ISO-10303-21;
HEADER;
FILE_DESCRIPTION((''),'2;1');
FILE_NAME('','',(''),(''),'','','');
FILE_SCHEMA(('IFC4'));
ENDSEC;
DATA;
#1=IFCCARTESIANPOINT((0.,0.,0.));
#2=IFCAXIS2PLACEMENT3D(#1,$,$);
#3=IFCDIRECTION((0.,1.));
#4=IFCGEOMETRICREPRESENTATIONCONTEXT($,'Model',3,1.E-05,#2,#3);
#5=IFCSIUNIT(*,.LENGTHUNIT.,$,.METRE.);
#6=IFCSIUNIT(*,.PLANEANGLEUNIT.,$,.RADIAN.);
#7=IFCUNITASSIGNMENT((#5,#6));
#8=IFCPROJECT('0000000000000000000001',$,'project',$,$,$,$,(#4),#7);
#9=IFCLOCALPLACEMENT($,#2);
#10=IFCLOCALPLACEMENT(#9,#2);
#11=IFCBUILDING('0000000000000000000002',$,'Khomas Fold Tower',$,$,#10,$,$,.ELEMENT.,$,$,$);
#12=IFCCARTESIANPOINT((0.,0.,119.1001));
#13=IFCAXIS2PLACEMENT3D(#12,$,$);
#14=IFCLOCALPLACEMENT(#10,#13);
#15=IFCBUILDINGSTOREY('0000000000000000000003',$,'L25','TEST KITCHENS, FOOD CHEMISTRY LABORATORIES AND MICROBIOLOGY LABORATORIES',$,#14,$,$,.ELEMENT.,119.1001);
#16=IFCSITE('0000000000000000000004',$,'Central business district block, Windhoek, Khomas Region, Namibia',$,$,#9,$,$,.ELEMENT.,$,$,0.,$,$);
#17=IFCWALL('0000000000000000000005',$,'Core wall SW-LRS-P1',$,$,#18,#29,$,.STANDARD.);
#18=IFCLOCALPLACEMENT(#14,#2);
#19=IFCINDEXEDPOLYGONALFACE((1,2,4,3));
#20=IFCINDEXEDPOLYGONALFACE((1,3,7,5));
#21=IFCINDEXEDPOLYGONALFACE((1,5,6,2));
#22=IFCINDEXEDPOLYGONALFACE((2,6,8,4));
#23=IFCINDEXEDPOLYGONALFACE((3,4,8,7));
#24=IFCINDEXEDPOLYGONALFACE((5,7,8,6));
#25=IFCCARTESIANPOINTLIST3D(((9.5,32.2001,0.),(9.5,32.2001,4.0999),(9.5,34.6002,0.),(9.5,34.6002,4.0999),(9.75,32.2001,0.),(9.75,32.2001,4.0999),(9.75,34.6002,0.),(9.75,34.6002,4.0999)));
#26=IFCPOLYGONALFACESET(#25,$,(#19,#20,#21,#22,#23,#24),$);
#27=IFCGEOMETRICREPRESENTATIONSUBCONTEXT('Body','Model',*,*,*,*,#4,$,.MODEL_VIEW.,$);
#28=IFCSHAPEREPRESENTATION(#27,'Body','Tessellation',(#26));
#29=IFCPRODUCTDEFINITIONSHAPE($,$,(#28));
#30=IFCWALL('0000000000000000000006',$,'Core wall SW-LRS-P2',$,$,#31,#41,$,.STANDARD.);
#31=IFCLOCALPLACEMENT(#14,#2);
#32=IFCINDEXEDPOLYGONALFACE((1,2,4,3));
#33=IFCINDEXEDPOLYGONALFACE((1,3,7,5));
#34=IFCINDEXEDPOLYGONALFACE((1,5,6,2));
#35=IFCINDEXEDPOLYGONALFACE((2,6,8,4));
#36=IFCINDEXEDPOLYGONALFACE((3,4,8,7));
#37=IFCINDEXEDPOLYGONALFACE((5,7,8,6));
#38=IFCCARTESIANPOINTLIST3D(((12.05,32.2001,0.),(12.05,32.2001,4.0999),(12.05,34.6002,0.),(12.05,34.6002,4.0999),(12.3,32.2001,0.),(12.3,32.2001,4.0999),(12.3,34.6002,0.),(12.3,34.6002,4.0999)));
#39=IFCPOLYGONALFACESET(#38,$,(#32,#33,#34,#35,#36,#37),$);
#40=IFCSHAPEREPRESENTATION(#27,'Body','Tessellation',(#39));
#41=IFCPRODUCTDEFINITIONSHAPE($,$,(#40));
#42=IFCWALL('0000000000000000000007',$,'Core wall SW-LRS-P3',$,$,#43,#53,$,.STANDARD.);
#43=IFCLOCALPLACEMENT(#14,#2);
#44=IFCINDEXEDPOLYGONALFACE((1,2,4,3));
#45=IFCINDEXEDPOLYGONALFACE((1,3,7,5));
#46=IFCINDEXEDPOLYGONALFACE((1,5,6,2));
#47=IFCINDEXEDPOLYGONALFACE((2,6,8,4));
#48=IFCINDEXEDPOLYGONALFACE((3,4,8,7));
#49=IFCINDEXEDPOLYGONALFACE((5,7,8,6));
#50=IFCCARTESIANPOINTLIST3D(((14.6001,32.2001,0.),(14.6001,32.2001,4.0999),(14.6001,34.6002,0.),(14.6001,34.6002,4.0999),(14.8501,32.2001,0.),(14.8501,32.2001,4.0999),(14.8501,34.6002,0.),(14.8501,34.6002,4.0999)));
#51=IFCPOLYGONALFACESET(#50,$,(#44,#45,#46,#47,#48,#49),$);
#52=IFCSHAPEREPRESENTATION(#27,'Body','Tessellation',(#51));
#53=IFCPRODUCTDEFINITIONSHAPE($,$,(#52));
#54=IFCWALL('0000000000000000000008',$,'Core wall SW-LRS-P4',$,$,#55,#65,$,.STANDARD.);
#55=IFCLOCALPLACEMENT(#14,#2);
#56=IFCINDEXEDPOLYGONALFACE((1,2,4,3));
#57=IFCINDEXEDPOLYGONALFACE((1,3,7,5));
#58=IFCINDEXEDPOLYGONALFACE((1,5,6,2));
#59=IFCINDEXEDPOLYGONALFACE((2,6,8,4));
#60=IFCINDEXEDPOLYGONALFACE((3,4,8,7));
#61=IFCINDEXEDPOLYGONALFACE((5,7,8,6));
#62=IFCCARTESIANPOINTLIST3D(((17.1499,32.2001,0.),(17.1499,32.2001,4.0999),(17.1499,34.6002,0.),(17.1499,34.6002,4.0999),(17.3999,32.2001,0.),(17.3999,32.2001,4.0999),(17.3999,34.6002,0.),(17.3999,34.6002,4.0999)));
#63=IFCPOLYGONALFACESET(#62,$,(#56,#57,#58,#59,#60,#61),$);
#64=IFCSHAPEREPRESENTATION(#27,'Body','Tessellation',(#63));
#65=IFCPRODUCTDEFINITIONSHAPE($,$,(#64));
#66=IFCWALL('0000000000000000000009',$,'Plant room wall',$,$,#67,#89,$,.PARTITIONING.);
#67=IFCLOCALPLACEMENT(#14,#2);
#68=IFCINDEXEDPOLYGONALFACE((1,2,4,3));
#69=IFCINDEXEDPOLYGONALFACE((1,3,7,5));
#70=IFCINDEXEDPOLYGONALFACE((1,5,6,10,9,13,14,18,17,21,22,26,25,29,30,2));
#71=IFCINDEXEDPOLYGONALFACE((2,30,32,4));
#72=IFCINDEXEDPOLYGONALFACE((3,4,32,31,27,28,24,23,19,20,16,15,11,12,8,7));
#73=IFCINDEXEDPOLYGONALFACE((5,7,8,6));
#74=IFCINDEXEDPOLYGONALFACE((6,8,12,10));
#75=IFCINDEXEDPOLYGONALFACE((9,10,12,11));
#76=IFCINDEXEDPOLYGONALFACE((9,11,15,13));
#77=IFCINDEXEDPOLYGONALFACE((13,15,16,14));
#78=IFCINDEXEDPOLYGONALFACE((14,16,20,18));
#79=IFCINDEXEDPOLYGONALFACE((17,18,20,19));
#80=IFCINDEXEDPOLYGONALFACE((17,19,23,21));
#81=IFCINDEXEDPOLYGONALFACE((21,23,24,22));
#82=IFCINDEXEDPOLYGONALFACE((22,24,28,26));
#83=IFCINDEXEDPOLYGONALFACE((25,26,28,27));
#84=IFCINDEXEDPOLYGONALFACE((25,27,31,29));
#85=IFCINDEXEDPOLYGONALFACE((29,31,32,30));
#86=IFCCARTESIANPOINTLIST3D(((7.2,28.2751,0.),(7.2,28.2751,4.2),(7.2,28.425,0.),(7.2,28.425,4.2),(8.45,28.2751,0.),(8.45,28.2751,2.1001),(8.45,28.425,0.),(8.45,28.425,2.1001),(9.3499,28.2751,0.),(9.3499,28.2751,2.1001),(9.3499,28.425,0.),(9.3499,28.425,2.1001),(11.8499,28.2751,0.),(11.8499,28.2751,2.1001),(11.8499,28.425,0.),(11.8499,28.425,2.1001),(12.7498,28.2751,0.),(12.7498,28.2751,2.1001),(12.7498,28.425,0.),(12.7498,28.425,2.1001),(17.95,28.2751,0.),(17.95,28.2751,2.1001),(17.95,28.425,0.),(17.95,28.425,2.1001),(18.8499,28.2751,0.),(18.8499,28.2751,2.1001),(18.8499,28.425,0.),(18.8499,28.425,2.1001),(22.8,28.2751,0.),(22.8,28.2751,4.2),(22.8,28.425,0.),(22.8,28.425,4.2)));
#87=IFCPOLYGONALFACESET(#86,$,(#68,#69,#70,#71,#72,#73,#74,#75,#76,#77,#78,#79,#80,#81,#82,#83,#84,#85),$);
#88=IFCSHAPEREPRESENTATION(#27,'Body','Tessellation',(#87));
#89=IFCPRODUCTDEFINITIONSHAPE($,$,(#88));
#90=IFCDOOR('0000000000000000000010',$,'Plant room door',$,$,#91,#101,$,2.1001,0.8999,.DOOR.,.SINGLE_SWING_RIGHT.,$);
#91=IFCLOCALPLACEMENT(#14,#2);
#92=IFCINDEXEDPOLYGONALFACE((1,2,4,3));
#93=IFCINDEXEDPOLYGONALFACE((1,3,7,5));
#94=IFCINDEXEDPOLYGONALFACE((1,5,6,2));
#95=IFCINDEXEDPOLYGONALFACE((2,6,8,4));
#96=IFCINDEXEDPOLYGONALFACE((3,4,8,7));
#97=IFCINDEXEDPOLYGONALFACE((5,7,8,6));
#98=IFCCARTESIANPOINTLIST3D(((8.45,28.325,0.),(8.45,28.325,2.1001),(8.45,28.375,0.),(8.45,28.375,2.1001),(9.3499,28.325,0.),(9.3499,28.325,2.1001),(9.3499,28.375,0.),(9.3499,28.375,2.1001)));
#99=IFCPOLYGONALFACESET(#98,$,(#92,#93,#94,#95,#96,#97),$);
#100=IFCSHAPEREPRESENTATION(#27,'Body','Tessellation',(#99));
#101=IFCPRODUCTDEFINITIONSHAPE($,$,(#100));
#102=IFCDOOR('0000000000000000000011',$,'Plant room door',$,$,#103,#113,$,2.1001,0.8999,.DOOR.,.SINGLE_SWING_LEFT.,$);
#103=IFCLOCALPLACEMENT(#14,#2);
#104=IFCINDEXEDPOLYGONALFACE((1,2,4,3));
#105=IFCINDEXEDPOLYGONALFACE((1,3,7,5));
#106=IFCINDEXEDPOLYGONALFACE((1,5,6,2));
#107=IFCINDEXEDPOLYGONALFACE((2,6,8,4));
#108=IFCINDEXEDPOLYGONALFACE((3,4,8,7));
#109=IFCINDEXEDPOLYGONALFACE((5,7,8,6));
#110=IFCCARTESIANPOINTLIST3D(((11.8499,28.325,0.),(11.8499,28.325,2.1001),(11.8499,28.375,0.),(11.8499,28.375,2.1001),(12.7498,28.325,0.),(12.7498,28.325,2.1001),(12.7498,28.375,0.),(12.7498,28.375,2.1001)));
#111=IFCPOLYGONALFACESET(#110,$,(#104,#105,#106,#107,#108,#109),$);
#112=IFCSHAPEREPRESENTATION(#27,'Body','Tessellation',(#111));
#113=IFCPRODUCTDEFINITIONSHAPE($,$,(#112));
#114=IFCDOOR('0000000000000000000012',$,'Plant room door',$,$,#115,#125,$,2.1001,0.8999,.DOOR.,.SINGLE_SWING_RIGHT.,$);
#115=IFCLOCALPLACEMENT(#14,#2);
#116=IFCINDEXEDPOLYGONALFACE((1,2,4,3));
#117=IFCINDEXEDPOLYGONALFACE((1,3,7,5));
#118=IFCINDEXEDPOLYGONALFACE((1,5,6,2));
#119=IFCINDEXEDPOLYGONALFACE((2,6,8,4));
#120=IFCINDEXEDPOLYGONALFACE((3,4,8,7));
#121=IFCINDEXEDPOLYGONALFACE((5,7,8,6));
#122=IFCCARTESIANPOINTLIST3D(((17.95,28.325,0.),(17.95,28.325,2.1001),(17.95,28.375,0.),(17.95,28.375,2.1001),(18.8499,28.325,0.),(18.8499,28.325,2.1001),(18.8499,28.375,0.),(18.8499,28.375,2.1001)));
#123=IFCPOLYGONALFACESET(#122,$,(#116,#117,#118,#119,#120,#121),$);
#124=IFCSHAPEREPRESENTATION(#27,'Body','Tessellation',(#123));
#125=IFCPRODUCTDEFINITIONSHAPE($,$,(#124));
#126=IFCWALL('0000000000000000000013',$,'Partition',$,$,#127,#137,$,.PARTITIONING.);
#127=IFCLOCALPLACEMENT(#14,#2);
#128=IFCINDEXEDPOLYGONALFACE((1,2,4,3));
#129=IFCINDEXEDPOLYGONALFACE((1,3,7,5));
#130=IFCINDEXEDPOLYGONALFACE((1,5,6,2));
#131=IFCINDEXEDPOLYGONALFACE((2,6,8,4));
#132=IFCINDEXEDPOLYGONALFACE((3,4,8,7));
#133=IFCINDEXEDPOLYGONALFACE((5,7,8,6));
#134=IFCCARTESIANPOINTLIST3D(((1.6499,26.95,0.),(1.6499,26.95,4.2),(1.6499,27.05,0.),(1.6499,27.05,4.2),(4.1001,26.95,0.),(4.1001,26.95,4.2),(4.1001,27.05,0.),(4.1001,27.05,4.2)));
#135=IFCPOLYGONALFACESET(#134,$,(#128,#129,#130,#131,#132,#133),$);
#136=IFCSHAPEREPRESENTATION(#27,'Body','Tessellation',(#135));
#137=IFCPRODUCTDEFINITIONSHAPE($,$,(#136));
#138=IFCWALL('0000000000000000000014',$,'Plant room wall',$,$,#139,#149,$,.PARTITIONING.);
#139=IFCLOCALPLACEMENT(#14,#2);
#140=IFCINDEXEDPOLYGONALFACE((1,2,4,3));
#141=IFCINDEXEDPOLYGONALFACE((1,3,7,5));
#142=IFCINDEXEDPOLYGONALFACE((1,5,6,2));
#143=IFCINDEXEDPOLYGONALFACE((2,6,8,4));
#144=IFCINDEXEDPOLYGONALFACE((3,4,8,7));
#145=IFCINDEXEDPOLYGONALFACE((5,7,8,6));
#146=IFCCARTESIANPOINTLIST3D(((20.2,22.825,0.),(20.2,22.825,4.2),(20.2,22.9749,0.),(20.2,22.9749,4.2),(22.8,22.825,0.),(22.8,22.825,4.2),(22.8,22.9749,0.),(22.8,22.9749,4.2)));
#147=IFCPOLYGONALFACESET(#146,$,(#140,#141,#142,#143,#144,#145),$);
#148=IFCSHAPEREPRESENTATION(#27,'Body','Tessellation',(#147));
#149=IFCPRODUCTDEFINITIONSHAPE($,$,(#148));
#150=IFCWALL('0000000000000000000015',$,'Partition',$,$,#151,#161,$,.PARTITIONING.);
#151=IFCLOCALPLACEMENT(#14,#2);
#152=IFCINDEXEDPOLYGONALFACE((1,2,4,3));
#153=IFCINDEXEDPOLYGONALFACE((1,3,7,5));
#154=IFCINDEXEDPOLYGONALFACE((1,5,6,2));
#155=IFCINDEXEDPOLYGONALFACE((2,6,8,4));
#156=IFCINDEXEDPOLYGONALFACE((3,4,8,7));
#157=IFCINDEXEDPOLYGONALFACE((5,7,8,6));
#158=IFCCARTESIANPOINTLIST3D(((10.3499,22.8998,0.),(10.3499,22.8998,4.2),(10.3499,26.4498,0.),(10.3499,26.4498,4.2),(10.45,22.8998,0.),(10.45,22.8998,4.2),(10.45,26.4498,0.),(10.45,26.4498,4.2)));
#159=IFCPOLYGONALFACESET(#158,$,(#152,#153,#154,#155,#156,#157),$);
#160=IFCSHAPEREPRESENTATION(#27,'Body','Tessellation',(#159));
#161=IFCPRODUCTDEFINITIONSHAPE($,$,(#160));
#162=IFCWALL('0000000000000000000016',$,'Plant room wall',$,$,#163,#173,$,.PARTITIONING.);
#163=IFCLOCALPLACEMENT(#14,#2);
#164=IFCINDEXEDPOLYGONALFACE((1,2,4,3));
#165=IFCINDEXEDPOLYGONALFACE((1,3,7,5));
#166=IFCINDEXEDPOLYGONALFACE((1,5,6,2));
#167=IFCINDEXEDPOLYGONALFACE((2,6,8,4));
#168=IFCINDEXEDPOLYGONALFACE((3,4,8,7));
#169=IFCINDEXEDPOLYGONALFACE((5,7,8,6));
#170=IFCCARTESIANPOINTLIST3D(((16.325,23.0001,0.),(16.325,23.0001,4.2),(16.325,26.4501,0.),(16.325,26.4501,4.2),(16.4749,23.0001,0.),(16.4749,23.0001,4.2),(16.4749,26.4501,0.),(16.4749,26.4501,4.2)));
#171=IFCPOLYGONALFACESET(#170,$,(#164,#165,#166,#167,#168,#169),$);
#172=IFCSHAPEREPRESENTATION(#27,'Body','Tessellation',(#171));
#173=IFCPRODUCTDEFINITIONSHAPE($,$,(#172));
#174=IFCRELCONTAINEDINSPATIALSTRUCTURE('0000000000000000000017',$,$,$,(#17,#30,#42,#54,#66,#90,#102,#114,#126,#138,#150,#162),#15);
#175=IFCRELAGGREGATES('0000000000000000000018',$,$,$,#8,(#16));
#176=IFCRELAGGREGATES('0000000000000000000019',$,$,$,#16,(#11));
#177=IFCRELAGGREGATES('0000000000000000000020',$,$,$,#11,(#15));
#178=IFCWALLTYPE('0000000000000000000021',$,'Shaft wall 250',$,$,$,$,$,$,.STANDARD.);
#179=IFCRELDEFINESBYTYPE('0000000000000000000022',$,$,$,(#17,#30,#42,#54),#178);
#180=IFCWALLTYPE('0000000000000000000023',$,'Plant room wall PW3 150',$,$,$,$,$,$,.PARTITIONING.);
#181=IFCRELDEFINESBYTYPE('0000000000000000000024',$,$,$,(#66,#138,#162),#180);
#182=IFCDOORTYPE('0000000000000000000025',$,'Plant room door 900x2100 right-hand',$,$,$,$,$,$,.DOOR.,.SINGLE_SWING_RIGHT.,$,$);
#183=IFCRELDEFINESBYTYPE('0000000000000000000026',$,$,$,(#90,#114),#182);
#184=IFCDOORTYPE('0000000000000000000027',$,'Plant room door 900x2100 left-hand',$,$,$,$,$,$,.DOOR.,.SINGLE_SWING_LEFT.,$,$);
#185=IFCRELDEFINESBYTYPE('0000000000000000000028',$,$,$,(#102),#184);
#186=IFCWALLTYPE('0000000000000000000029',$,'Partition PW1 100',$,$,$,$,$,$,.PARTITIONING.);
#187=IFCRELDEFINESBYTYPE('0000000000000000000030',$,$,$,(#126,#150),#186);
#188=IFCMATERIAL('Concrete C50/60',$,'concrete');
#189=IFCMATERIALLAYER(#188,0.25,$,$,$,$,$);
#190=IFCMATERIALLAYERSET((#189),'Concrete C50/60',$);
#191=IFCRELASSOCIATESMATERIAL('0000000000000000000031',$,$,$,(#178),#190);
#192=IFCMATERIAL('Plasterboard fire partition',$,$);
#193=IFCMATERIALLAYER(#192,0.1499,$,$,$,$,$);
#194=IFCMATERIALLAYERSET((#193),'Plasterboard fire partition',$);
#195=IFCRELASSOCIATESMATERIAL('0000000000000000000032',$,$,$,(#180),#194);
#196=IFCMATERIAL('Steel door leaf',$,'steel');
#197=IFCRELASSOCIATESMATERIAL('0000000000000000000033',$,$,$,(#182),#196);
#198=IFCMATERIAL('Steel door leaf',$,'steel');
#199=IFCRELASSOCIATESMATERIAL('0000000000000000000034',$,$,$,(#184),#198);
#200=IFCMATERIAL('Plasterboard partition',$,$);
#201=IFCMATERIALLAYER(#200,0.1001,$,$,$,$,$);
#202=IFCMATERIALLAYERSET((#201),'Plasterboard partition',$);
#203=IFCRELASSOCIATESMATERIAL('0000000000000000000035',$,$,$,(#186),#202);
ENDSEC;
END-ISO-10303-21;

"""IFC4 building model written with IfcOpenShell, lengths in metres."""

from ifc_helpers import new_model, si_unit, direction, frame, frame_2d, origin, place, context, subcontext, project, spatial, rectangle, extrude, source, transform, mapped, material, layer, layer_set, type_object, element, fill, save


model = new_model("IFC4")

# Units and contexts
model_context = context("Model", 3, precision=1e-05, world=origin(), true_north=direction((0.0, 1.0)))
body_context = subcontext(model_context, "Body", "Model", "MODEL_VIEW")
ifc_project = project(units=[si_unit("LENGTHUNIT", "METRE"), si_unit("PLANEANGLEUNIT", "RADIAN")], contexts=[model_context])

# Site, building, storey
site_placement = place(None, origin())
site = spatial("IfcSite", under=ifc_project, at=site_placement, Name="Central business district block, Windhoek, Khomas Region, Namibia", CompositionType="ELEMENT", RefElevation=0.0)
building_placement = place(site_placement, origin())
building = spatial("IfcBuilding", under=site, at=building_placement, Name="Khomas Fold Tower", CompositionType="ELEMENT")
storey_placement = place(building_placement, frame((0.0, 0.0, 119.1001)))
storey = spatial("IfcBuildingStorey", under=building, at=storey_placement, Name="L25", Description="TEST KITCHENS, FOOD CHEMISTRY LABORATORIES AND MICROBIOLOGY LABORATORIES", CompositionType="ELEMENT", Elevation=119.1001)

# Walls
ifc_material_1 = material(Name="Concrete C50/60", Category="concrete")
ifc_layer_1 = layer(ifc_material_1, 0.25)
ifc_layer_set_1 = layer_set([ifc_layer_1], Name="Concrete C50/60")
wall_type_1 = type_object("IfcWallType", Name="Shaft wall 250", PredefinedType="STANDARD", material=ifc_layer_set_1)
shared_shape_1 = source(origin(), body_context, "Body", "SweptSolid", [
    extrude(rectangle(XDim=2.4001, YDim=0.25, at=frame_2d((1.2002, 0.0))), origin(), (0.0, 0.0, 1.0), 4.0999),
])
for number, where, z_axis, x_axis, name in (
    (1, (9.625, 32.2, 0.0), (0.0, 0.0, 1.0), (0.0, 1.0, 0.0), "Core wall SW-LRS-P1"),
    (2, (12.175, 32.2, 0.0), (0.0, 0.0, 1.0), (0.0, 1.0, 0.0), "Core wall SW-LRS-P2"),
    (3, (14.7251, 32.2, 0.0), (0.0, 0.0, 1.0), (0.0, 1.0, 0.0), "Core wall SW-LRS-P3"),
    (4, (17.2749, 32.2, 0.0), (0.0, 0.0, 1.0), (0.0, 1.0, 0.0), "Core wall SW-LRS-P4"),
):
    element("IfcWall", number, at=place(storey_placement, frame(where, z_axis=z_axis, x_axis=x_axis)), inside=storey, type_object=wall_type_1, Name=name, PredefinedType="STANDARD", context=body_context, shape_type="MappedRepresentation", body=[
        mapped(shared_shape_1, transform((0.0, 0.0, 0.0))),
    ])

# Wall, openings, doors
ifc_material_2 = material(Name="Plasterboard fire partition")
ifc_layer_2 = layer(ifc_material_2, 0.1499)
ifc_layer_set_2 = layer_set([ifc_layer_2], Name="Plasterboard fire partition")
wall_type_2 = type_object("IfcWallType", Name="Plant room wall PW3 150", PredefinedType="PARTITIONING", material=ifc_layer_set_2)
shared_shape_2 = source(origin(), body_context, "Body", "SweptSolid", [
    extrude(rectangle(XDim=15.6001, YDim=0.1499, at=frame_2d((7.8, 0.0))), origin(), (0.0, 0.0, 1.0), 4.2),
])
wall_1_placement = place(storey_placement, frame((7.2, 28.3501, 0.0), z_axis=(0.0, 0.0, 1.0), x_axis=(1.0, 0.0, 0.0)))
wall_1 = element("IfcWall", 5, at=wall_1_placement, inside=storey, type_object=wall_type_2, Name="Plant room wall", PredefinedType="PARTITIONING", context=body_context, shape_type="MappedRepresentation", body=[
    mapped(shared_shape_2, transform((0.0, 0.0, 0.0))),
])
shared_shape_3 = source(origin(), body_context, "Body", "SweptSolid", [
    extrude(rectangle(XDim=0.8999, YDim=2.1001, at=frame_2d((0.45, 1.05))), frame((0.0, 0.085, 0.0), z_axis=(0.0, -1.0, 0.0), x_axis=(1.0, 0.0, 0.0)), (0.0, 0.0, 1.0), 0.1699),
])
opening_1_placement = place(wall_1_placement, frame((1.25, 0.0, 0.0)))
opening_1 = element("IfcOpeningElement", 6, at=opening_1_placement, cuts=wall_1, PredefinedType="OPENING", context=body_context, shape_type="MappedRepresentation", body=[
    mapped(shared_shape_3, transform((0.0, 0.0, 0.0))),
])
opening_2_placement = place(wall_1_placement, frame((4.6499, 0.0, 0.0)))
opening_2 = element("IfcOpeningElement", 7, at=opening_2_placement, cuts=wall_1, PredefinedType="OPENING", context=body_context, shape_type="MappedRepresentation", body=[
    mapped(shared_shape_3, transform((0.0, 0.0, 0.0))),
])
opening_3_placement = place(wall_1_placement, frame((10.75, 0.0, 0.0)))
opening_3 = element("IfcOpeningElement", 8, at=opening_3_placement, cuts=wall_1, PredefinedType="OPENING", context=body_context, shape_type="MappedRepresentation", body=[
    mapped(shared_shape_3, transform((0.0, 0.0, 0.0))),
])
ifc_material_3 = material(Name="Steel door leaf", Category="steel")
door_type_1 = type_object("IfcDoorType", Name="Plant room door 900x2100 right-hand", OperationType="SINGLE_SWING_RIGHT", PredefinedType="DOOR", material=ifc_material_3)
shared_shape_4 = source(origin(), body_context, "Body", "SweptSolid", [
    extrude(rectangle(XDim=0.8999, YDim=2.1001, at=frame_2d((0.45, 1.05))), frame((0.0, 0.0249, 0.0), z_axis=(0.0, -1.0, 0.0), x_axis=(1.0, 0.0, 0.0)), (0.0, 0.0, 1.0), 0.05),
])
door_1_placement = place(opening_1_placement, origin())
door_1 = element("IfcDoor", 9, at=door_1_placement, inside=storey, type_object=door_type_1, Name="Plant room door", OperationType="SINGLE_SWING_RIGHT", OverallHeight=2.1001, OverallWidth=0.8999, PredefinedType="DOOR", context=body_context, shape_type="MappedRepresentation", body=[
    mapped(shared_shape_4, transform((0.0, 0.0, 0.0))),
])
fill(opening_1, door_1)
ifc_material_4 = material(Name="Steel door leaf", Category="steel")
door_type_2 = type_object("IfcDoorType", Name="Plant room door 900x2100 left-hand", OperationType="SINGLE_SWING_LEFT", PredefinedType="DOOR", material=ifc_material_4)
door_2_placement = place(opening_2_placement, origin())
door_2 = element("IfcDoor", 10, at=door_2_placement, inside=storey, type_object=door_type_2, Name="Plant room door", OperationType="SINGLE_SWING_LEFT", OverallHeight=2.1001, OverallWidth=0.8999, PredefinedType="DOOR", context=body_context, shape_type="MappedRepresentation", body=[
    mapped(shared_shape_4, transform((0.0, 0.0, 0.0))),
])
fill(opening_2, door_2)
door_3_placement = place(opening_3_placement, origin())
door_3 = element("IfcDoor", 11, at=door_3_placement, inside=storey, type_object=door_type_1, Name="Plant room door", OperationType="SINGLE_SWING_RIGHT", OverallHeight=2.1001, OverallWidth=0.8999, PredefinedType="DOOR", context=body_context, shape_type="MappedRepresentation", body=[
    mapped(shared_shape_4, transform((0.0, 0.0, 0.0))),
])
fill(opening_3, door_3)

# Walls
ifc_material_5 = material(Name="Plasterboard partition")
ifc_layer_3 = layer(ifc_material_5, 0.1001)
ifc_layer_set_3 = layer_set([ifc_layer_3], Name="Plasterboard partition")
wall_type_3 = type_object("IfcWallType", Name="Partition PW1 100", PredefinedType="PARTITIONING", material=ifc_layer_set_3)
shared_shape_5 = source(origin(), body_context, "Body", "SweptSolid", [
    extrude(rectangle(XDim=2.4502, YDim=0.1001, at=frame_2d((1.2251, 0.0))), origin(), (0.0, 0.0, 1.0), 4.2),
])
wall_2_placement = place(storey_placement, frame((1.6499, 27.0, 0.0), z_axis=(0.0, 0.0, 1.0), x_axis=(1.0, 0.0, 0.0)))
element("IfcWall", 12, at=wall_2_placement, inside=storey, type_object=wall_type_3, Name="Partition", PredefinedType="PARTITIONING", context=body_context, shape_type="MappedRepresentation", body=[
    mapped(shared_shape_5, transform((0.0, 0.0, 0.0))),
])
shared_shape_6 = source(origin(), body_context, "Body", "SweptSolid", [
    extrude(rectangle(XDim=2.6001, YDim=0.1499, at=frame_2d((1.3, 0.0))), origin(), (0.0, 0.0, 1.0), 4.2),
])
wall_3_placement = place(storey_placement, frame((20.2, 22.8999, 0.0), z_axis=(0.0, 0.0, 1.0), x_axis=(1.0, 0.0, 0.0)))
element("IfcWall", 13, at=wall_3_placement, inside=storey, type_object=wall_type_2, Name="Plant room wall", PredefinedType="PARTITIONING", context=body_context, shape_type="MappedRepresentation", body=[
    mapped(shared_shape_6, transform((0.0, 0.0, 0.0))),
])
shared_shape_7 = source(origin(), body_context, "Body", "SweptSolid", [
    extrude(rectangle(XDim=3.55, YDim=0.1001, at=frame_2d((1.7749, 0.0))), origin(), (0.0, 0.0, 1.0), 4.2),
])
wall_4_placement = place(storey_placement, frame((10.3999, 22.8999, 0.0), z_axis=(0.0, 0.0, 1.0), x_axis=(0.0, 1.0, 0.0)))
element("IfcWall", 14, at=wall_4_placement, inside=storey, type_object=wall_type_3, Name="Partition", PredefinedType="PARTITIONING", context=body_context, shape_type="MappedRepresentation", body=[
    mapped(shared_shape_7, transform((0.0, 0.0, 0.0))),
])
shared_shape_8 = source(origin(), body_context, "Body", "SweptSolid", [
    extrude(rectangle(XDim=3.45, YDim=0.1499, at=frame_2d((1.7251, 0.0))), origin(), (0.0, 0.0, 1.0), 4.2),
])
for number, where, z_axis, x_axis, name in (
    (15, (16.3999, 23.0, 0.0), (0.0, 0.0, 1.0), (0.0, 1.0, 0.0), "Plant room wall"),
):
    element("IfcWall", number, at=place(storey_placement, frame(where, z_axis=z_axis, x_axis=x_axis)), inside=storey, type_object=wall_type_2, Name=name, PredefinedType="PARTITIONING", context=body_context, shape_type="MappedRepresentation", body=[
        mapped(shared_shape_8, transform((0.0, 0.0, 0.0))),
    ])

save(model, "model.ifc")
